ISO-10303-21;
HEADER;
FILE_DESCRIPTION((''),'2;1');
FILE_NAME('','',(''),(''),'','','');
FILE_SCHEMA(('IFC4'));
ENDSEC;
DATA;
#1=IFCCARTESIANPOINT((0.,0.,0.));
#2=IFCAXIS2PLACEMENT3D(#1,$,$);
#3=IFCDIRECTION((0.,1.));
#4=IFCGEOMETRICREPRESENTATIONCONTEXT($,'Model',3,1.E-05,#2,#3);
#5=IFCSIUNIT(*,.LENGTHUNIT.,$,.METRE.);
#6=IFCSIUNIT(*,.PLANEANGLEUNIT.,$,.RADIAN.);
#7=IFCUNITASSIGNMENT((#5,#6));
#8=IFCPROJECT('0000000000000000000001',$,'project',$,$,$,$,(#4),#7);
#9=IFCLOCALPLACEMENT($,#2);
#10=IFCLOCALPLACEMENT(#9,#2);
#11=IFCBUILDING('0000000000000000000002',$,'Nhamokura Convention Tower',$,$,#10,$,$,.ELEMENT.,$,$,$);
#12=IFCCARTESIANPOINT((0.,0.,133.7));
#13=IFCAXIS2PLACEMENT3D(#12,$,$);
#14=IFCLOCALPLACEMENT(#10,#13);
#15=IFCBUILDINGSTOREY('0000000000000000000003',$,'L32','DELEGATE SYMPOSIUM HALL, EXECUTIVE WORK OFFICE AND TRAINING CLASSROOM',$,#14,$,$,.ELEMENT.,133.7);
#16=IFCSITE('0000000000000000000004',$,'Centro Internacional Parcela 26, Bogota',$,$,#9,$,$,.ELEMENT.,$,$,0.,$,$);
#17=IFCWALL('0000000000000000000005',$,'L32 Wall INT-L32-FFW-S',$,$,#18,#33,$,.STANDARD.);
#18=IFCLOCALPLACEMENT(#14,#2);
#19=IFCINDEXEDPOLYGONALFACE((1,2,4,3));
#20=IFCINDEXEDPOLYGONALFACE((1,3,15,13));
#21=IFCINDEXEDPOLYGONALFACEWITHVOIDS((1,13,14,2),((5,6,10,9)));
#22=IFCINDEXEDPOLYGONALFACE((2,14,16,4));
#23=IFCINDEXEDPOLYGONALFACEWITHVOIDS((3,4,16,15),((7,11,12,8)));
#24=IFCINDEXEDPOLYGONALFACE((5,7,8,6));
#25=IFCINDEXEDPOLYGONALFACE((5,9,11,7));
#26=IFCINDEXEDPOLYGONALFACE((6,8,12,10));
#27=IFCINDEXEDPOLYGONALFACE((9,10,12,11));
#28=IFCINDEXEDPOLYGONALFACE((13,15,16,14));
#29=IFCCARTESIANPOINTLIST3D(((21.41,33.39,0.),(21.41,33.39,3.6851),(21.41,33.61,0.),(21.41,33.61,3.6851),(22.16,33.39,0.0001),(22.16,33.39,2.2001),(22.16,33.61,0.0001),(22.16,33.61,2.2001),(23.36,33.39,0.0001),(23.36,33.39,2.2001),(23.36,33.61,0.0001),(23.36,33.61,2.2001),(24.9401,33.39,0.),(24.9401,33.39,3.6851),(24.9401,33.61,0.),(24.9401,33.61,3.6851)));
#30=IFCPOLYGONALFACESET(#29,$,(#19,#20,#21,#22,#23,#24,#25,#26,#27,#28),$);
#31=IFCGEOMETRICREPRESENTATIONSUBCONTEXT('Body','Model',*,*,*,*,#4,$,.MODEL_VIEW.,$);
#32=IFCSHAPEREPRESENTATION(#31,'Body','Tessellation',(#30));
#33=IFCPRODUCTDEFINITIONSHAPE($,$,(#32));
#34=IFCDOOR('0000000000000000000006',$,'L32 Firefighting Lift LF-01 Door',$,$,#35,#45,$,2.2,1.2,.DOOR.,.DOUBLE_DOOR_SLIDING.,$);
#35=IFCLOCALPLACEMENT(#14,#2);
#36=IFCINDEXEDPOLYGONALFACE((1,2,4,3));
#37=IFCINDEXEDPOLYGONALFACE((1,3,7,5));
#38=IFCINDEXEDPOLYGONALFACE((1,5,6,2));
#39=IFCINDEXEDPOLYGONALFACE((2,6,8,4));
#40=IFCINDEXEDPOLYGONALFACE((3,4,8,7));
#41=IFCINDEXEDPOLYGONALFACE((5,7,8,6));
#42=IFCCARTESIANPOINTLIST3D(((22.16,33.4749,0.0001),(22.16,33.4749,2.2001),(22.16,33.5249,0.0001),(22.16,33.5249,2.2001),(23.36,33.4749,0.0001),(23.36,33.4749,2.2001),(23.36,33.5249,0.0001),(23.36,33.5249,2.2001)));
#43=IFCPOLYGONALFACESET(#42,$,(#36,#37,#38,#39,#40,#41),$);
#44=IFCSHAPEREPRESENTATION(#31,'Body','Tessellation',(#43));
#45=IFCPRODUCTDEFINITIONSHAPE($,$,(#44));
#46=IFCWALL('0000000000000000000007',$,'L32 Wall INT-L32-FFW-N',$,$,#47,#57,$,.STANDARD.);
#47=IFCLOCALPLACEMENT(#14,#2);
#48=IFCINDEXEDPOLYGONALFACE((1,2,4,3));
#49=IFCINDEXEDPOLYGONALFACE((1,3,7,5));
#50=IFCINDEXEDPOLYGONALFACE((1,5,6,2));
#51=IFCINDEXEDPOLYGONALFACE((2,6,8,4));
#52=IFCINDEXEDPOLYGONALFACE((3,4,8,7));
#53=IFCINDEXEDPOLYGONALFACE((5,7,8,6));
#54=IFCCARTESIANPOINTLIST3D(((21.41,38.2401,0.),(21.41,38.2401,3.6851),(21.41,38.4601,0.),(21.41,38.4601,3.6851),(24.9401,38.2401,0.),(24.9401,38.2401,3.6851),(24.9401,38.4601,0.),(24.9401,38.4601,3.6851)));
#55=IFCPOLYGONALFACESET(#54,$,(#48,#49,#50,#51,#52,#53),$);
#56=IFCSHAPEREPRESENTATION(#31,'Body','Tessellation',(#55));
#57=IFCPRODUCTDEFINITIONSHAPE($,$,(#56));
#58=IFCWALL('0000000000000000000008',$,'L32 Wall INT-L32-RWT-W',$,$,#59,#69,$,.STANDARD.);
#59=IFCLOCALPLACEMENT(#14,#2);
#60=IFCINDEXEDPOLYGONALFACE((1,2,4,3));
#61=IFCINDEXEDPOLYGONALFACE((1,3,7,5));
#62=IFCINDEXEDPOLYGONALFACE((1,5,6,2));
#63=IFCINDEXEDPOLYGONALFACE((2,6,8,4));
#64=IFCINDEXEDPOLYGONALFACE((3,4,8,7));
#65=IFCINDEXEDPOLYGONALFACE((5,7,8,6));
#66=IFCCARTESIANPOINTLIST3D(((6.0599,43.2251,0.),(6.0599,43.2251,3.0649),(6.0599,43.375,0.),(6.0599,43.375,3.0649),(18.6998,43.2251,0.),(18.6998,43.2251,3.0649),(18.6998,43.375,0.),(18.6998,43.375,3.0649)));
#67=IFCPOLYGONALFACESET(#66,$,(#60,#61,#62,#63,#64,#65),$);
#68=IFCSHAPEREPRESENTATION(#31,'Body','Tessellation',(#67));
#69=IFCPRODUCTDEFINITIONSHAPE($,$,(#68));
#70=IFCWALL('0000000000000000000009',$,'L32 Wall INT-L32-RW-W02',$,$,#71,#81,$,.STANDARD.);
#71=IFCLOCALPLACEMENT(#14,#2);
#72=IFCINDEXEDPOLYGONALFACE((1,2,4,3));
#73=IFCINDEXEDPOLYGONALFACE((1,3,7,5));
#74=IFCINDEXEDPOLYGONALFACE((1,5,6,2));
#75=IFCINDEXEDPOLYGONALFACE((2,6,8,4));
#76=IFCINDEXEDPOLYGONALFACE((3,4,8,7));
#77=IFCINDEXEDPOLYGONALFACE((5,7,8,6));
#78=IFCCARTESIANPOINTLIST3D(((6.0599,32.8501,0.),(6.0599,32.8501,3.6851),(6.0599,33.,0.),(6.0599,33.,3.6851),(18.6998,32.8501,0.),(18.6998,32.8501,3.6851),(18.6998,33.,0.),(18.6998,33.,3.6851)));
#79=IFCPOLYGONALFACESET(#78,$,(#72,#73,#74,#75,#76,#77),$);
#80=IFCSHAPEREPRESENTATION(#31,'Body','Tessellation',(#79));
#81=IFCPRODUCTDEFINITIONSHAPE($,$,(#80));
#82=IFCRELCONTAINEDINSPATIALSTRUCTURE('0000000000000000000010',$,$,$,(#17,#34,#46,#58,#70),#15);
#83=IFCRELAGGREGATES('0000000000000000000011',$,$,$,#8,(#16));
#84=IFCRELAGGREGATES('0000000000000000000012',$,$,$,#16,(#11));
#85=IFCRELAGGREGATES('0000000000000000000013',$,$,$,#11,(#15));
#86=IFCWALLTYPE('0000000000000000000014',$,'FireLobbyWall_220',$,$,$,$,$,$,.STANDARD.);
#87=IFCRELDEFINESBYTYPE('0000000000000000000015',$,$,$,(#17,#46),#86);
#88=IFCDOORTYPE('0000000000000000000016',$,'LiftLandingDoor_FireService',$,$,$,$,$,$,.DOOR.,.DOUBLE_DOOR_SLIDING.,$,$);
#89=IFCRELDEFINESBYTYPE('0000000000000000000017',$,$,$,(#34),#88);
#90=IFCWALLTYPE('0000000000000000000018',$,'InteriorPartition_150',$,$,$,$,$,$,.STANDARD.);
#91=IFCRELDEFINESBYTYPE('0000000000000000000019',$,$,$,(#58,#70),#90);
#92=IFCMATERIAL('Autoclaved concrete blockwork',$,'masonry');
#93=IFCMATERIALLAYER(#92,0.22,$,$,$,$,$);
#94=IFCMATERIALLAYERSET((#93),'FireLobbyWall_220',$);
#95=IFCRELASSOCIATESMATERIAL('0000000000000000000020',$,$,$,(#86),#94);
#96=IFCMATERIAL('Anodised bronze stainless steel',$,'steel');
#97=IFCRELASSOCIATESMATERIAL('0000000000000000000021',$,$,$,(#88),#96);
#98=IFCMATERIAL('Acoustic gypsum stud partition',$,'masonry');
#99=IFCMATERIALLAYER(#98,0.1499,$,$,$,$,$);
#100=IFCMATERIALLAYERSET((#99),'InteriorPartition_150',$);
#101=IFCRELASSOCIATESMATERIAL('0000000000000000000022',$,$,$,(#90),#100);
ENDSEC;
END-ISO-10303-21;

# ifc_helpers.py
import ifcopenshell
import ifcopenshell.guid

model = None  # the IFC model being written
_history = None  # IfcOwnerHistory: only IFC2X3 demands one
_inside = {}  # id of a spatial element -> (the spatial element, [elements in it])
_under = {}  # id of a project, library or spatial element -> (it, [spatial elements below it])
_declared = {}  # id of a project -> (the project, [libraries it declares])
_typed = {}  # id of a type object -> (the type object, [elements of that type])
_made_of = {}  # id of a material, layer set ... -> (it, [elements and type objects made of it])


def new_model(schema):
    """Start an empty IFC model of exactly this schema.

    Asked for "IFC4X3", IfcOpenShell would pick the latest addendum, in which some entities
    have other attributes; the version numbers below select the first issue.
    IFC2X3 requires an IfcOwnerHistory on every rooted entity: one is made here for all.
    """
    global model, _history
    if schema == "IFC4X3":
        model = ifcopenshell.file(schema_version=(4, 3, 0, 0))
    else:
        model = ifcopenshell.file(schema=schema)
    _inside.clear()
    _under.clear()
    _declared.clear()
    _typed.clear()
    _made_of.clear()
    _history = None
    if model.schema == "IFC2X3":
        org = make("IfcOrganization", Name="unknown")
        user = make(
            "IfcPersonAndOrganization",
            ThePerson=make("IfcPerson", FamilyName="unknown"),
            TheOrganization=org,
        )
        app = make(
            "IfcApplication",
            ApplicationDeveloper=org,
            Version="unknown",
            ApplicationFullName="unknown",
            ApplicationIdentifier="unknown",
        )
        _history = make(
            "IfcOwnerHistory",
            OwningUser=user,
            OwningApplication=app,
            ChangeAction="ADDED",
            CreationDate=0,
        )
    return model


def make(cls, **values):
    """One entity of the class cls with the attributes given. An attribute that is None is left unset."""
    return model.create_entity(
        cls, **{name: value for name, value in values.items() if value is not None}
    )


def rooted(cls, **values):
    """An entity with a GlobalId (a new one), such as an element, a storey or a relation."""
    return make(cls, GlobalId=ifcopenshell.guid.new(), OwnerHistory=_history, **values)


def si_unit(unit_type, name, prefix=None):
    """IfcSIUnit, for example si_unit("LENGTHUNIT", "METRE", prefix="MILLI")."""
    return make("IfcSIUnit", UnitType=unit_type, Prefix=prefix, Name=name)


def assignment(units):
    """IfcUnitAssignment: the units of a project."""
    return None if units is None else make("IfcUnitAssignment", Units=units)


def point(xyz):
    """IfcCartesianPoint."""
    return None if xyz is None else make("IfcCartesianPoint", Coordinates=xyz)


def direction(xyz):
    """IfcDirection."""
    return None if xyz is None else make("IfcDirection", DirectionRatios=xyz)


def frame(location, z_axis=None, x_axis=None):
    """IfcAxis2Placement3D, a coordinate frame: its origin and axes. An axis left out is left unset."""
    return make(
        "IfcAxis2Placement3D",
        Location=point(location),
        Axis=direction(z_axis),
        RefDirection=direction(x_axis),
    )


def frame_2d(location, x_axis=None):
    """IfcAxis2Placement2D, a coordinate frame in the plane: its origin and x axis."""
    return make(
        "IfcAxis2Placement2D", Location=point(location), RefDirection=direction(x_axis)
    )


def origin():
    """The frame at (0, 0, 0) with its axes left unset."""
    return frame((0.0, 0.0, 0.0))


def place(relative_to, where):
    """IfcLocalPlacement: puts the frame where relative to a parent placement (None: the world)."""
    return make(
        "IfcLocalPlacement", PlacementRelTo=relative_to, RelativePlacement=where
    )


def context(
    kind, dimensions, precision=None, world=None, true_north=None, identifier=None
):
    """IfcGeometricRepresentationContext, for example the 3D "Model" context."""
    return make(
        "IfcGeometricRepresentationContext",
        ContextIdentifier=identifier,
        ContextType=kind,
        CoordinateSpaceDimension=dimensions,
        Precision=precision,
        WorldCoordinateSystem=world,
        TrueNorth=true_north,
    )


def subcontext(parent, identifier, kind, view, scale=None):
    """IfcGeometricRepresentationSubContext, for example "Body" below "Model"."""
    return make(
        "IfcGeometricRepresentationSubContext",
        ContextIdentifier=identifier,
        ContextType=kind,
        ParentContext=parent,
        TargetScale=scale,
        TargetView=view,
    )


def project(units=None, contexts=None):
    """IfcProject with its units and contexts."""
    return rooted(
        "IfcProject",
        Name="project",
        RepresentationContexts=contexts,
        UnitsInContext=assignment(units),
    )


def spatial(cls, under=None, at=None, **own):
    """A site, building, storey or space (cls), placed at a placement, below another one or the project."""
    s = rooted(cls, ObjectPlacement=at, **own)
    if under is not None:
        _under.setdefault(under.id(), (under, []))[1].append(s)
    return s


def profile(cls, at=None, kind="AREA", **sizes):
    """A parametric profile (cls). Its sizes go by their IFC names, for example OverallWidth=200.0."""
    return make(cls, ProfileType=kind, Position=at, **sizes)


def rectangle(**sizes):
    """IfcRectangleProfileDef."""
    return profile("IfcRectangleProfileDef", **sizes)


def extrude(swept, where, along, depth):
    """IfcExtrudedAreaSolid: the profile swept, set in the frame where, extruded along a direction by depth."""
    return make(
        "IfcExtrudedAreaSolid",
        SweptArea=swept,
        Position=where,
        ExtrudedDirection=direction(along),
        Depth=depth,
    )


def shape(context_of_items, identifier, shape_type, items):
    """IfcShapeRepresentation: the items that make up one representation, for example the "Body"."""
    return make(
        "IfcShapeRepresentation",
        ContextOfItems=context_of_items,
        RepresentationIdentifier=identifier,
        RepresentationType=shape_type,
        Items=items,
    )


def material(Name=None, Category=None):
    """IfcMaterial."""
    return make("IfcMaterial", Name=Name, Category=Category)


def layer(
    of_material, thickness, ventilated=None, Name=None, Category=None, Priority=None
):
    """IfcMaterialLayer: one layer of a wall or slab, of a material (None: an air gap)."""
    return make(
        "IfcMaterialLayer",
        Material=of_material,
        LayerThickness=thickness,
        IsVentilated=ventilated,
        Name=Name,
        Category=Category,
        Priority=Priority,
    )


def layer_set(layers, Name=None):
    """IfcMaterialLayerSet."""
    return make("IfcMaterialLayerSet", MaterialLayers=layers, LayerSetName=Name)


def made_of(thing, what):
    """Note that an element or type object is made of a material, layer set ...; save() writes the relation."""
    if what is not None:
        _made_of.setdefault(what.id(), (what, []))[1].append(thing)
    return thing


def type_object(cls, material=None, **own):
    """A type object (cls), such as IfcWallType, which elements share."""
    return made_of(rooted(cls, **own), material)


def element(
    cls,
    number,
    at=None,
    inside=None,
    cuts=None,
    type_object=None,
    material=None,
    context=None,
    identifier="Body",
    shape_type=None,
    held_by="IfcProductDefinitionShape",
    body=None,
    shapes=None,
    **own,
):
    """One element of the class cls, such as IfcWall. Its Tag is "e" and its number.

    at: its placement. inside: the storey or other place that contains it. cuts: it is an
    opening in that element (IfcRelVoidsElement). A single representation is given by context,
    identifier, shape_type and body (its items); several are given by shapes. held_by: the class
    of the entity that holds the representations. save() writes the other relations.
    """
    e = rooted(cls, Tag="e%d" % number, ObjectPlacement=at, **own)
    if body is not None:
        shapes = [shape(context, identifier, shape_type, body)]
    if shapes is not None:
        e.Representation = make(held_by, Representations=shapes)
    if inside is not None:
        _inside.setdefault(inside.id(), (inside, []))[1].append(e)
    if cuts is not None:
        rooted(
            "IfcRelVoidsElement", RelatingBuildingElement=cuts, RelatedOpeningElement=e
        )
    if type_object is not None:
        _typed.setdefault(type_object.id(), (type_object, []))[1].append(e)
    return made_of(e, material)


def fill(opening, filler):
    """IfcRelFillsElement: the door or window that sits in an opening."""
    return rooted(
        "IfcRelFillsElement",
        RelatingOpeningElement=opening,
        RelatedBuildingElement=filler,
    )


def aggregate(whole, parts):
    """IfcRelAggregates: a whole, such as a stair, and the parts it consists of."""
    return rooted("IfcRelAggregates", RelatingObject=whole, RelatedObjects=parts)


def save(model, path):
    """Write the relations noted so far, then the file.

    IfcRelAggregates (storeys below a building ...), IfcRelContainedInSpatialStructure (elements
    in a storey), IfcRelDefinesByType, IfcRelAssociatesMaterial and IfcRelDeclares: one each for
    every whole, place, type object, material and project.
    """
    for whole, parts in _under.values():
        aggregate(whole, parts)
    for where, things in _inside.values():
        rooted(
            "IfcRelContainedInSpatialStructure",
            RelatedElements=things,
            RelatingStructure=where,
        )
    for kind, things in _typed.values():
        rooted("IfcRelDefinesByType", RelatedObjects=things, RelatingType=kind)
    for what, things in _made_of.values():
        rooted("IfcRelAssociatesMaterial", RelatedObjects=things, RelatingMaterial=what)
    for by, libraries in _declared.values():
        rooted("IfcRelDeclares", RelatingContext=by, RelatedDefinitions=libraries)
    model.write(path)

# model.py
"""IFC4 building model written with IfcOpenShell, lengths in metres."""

from ifc_helpers import new_model, si_unit, direction, frame, frame_2d, origin, place, context, subcontext, project, spatial, rectangle, extrude, material, layer, layer_set, type_object, element, fill, save


model = new_model("IFC4")

# Units and contexts
model_context = context("Model", 3, precision=1e-05, world=origin(), true_north=direction((0.0, 1.0)))
body_context = subcontext(model_context, "Body", "Model", "MODEL_VIEW")
ifc_project = project(units=[si_unit("LENGTHUNIT", "METRE"), si_unit("PLANEANGLEUNIT", "RADIAN")], contexts=[model_context])

# Site, building, storey
site_placement = place(None, origin())
site = spatial("IfcSite", under=ifc_project, at=site_placement, Name="Centro Internacional Parcela 26, Bogota", CompositionType="ELEMENT", RefElevation=0.0)
building_placement = place(site_placement, origin())
building = spatial("IfcBuilding", under=site, at=building_placement, Name="Nhamokura Convention Tower", CompositionType="ELEMENT")
storey_placement = place(building_placement, frame((0.0, 0.0, 133.7)))
storey = spatial("IfcBuildingStorey", under=building, at=storey_placement, Name="L32", Description="DELEGATE SYMPOSIUM HALL, EXECUTIVE WORK OFFICE AND TRAINING CLASSROOM", CompositionType="ELEMENT", Elevation=133.7)

# Wall, opening, door
ifc_material_1 = material(Name="Autoclaved concrete blockwork", Category="masonry")
ifc_layer_1 = layer(ifc_material_1, 0.22)
ifc_layer_set_1 = layer_set([ifc_layer_1], Name="FireLobbyWall_220")
wall_type_1 = type_object("IfcWallType", Name="FireLobbyWall_220", PredefinedType="STANDARD", material=ifc_layer_set_1)
wall_1_placement = place(storey_placement, frame((21.4099, 33.5, 0.0), z_axis=(0.0, 0.0, 1.0), x_axis=(1.0, 0.0, 0.0)))
wall_1 = element("IfcWall", 1, at=wall_1_placement, inside=storey, type_object=wall_type_1, Name="L32 Wall INT-L32-FFW-S", PredefinedType="STANDARD", context=body_context, shape_type="SweptSolid", body=[
    extrude(rectangle(XDim=3.53, YDim=0.22, at=frame_2d((1.7651, 0.0))), origin(), (0.0, 0.0, 1.0), 3.6851),
])
opening_1_placement = place(wall_1_placement, frame((0.75, 0.0, 0.0)))
opening_1 = element("IfcOpeningElement", 2, at=opening_1_placement, cuts=wall_1, PredefinedType="OPENING", context=body_context, shape_type="SweptSolid", body=[
    extrude(rectangle(XDim=1.2, YDim=2.2, at=frame_2d((0.6001, 1.1001))), frame((0.0, 0.1199, 0.0), z_axis=(0.0, -1.0, 0.0), x_axis=(1.0, 0.0, 0.0)), (0.0, 0.0, 1.0), 0.24),
])
ifc_material_2 = material(Name="Anodised bronze stainless steel", Category="steel")
door_type_1 = type_object("IfcDoorType", Name="LiftLandingDoor_FireService", OperationType="DOUBLE_DOOR_SLIDING", PredefinedType="DOOR", material=ifc_material_2)
door_1_placement = place(opening_1_placement, origin())
door_1 = element("IfcDoor", 3, at=door_1_placement, inside=storey, type_object=door_type_1, Name="L32 Firefighting Lift LF-01 Door", OperationType="DOUBLE_DOOR_SLIDING", OverallHeight=2.2, OverallWidth=1.2, PredefinedType="DOOR", context=body_context, shape_type="SweptSolid", body=[
    extrude(rectangle(XDim=1.2, YDim=2.2, at=frame_2d((0.6001, 1.1001))), frame((0.0, 0.0249, 0.0), z_axis=(0.0, -1.0, 0.0), x_axis=(1.0, 0.0, 0.0)), (0.0, 0.0, 1.0), 0.05),
])
fill(opening_1, door_1)

# Walls
wall_2_placement = place(storey_placement, frame((21.4099, 38.3501, 0.0), z_axis=(0.0, 0.0, 1.0), x_axis=(1.0, 0.0, 0.0)))
element("IfcWall", 4, at=wall_2_placement, inside=storey, type_object=wall_type_1, Name="L32 Wall INT-L32-FFW-N", PredefinedType="STANDARD", context=body_context, shape_type="SweptSolid", body=[
    extrude(rectangle(XDim=3.53, YDim=0.22, at=frame_2d((1.7651, 0.0))), origin(), (0.0, 0.0, 1.0), 3.6851),
])
ifc_material_3 = material(Name="Acoustic gypsum stud partition", Category="masonry")
ifc_layer_2 = layer(ifc_material_3, 0.1499)
ifc_layer_set_2 = layer_set([ifc_layer_2], Name="InteriorPartition_150")
wall_type_2 = type_object("IfcWallType", Name="InteriorPartition_150", PredefinedType="STANDARD", material=ifc_layer_set_2)
wall_3_placement = place(storey_placement, frame((6.0601, 43.3, 0.0), z_axis=(0.0, 0.0, 1.0), x_axis=(1.0, 0.0, 0.0)))
element("IfcWall", 5, at=wall_3_placement, inside=storey, type_object=wall_type_2, Name="L32 Wall INT-L32-RWT-W", PredefinedType="STANDARD", context=body_context, shape_type="SweptSolid", body=[
    extrude(rectangle(XDim=12.6399, YDim=0.1499, at=frame_2d((6.3198, 0.0))), origin(), (0.0, 0.0, 1.0), 3.0649),
])
wall_4_placement = place(storey_placement, frame((6.0601, 32.925, 0.0), z_axis=(0.0, 0.0, 1.0), x_axis=(1.0, 0.0, 0.0)))
element("IfcWall", 6, at=wall_4_placement, inside=storey, type_object=wall_type_2, Name="L32 Wall INT-L32-RW-W02", PredefinedType="STANDARD", context=body_context, shape_type="SweptSolid", body=[
    extrude(rectangle(XDim=12.6399, YDim=0.1499, at=frame_2d((6.3198, 0.0))), origin(), (0.0, 0.0, 1.0), 3.6851),
])

save(model, "model.ifc")
